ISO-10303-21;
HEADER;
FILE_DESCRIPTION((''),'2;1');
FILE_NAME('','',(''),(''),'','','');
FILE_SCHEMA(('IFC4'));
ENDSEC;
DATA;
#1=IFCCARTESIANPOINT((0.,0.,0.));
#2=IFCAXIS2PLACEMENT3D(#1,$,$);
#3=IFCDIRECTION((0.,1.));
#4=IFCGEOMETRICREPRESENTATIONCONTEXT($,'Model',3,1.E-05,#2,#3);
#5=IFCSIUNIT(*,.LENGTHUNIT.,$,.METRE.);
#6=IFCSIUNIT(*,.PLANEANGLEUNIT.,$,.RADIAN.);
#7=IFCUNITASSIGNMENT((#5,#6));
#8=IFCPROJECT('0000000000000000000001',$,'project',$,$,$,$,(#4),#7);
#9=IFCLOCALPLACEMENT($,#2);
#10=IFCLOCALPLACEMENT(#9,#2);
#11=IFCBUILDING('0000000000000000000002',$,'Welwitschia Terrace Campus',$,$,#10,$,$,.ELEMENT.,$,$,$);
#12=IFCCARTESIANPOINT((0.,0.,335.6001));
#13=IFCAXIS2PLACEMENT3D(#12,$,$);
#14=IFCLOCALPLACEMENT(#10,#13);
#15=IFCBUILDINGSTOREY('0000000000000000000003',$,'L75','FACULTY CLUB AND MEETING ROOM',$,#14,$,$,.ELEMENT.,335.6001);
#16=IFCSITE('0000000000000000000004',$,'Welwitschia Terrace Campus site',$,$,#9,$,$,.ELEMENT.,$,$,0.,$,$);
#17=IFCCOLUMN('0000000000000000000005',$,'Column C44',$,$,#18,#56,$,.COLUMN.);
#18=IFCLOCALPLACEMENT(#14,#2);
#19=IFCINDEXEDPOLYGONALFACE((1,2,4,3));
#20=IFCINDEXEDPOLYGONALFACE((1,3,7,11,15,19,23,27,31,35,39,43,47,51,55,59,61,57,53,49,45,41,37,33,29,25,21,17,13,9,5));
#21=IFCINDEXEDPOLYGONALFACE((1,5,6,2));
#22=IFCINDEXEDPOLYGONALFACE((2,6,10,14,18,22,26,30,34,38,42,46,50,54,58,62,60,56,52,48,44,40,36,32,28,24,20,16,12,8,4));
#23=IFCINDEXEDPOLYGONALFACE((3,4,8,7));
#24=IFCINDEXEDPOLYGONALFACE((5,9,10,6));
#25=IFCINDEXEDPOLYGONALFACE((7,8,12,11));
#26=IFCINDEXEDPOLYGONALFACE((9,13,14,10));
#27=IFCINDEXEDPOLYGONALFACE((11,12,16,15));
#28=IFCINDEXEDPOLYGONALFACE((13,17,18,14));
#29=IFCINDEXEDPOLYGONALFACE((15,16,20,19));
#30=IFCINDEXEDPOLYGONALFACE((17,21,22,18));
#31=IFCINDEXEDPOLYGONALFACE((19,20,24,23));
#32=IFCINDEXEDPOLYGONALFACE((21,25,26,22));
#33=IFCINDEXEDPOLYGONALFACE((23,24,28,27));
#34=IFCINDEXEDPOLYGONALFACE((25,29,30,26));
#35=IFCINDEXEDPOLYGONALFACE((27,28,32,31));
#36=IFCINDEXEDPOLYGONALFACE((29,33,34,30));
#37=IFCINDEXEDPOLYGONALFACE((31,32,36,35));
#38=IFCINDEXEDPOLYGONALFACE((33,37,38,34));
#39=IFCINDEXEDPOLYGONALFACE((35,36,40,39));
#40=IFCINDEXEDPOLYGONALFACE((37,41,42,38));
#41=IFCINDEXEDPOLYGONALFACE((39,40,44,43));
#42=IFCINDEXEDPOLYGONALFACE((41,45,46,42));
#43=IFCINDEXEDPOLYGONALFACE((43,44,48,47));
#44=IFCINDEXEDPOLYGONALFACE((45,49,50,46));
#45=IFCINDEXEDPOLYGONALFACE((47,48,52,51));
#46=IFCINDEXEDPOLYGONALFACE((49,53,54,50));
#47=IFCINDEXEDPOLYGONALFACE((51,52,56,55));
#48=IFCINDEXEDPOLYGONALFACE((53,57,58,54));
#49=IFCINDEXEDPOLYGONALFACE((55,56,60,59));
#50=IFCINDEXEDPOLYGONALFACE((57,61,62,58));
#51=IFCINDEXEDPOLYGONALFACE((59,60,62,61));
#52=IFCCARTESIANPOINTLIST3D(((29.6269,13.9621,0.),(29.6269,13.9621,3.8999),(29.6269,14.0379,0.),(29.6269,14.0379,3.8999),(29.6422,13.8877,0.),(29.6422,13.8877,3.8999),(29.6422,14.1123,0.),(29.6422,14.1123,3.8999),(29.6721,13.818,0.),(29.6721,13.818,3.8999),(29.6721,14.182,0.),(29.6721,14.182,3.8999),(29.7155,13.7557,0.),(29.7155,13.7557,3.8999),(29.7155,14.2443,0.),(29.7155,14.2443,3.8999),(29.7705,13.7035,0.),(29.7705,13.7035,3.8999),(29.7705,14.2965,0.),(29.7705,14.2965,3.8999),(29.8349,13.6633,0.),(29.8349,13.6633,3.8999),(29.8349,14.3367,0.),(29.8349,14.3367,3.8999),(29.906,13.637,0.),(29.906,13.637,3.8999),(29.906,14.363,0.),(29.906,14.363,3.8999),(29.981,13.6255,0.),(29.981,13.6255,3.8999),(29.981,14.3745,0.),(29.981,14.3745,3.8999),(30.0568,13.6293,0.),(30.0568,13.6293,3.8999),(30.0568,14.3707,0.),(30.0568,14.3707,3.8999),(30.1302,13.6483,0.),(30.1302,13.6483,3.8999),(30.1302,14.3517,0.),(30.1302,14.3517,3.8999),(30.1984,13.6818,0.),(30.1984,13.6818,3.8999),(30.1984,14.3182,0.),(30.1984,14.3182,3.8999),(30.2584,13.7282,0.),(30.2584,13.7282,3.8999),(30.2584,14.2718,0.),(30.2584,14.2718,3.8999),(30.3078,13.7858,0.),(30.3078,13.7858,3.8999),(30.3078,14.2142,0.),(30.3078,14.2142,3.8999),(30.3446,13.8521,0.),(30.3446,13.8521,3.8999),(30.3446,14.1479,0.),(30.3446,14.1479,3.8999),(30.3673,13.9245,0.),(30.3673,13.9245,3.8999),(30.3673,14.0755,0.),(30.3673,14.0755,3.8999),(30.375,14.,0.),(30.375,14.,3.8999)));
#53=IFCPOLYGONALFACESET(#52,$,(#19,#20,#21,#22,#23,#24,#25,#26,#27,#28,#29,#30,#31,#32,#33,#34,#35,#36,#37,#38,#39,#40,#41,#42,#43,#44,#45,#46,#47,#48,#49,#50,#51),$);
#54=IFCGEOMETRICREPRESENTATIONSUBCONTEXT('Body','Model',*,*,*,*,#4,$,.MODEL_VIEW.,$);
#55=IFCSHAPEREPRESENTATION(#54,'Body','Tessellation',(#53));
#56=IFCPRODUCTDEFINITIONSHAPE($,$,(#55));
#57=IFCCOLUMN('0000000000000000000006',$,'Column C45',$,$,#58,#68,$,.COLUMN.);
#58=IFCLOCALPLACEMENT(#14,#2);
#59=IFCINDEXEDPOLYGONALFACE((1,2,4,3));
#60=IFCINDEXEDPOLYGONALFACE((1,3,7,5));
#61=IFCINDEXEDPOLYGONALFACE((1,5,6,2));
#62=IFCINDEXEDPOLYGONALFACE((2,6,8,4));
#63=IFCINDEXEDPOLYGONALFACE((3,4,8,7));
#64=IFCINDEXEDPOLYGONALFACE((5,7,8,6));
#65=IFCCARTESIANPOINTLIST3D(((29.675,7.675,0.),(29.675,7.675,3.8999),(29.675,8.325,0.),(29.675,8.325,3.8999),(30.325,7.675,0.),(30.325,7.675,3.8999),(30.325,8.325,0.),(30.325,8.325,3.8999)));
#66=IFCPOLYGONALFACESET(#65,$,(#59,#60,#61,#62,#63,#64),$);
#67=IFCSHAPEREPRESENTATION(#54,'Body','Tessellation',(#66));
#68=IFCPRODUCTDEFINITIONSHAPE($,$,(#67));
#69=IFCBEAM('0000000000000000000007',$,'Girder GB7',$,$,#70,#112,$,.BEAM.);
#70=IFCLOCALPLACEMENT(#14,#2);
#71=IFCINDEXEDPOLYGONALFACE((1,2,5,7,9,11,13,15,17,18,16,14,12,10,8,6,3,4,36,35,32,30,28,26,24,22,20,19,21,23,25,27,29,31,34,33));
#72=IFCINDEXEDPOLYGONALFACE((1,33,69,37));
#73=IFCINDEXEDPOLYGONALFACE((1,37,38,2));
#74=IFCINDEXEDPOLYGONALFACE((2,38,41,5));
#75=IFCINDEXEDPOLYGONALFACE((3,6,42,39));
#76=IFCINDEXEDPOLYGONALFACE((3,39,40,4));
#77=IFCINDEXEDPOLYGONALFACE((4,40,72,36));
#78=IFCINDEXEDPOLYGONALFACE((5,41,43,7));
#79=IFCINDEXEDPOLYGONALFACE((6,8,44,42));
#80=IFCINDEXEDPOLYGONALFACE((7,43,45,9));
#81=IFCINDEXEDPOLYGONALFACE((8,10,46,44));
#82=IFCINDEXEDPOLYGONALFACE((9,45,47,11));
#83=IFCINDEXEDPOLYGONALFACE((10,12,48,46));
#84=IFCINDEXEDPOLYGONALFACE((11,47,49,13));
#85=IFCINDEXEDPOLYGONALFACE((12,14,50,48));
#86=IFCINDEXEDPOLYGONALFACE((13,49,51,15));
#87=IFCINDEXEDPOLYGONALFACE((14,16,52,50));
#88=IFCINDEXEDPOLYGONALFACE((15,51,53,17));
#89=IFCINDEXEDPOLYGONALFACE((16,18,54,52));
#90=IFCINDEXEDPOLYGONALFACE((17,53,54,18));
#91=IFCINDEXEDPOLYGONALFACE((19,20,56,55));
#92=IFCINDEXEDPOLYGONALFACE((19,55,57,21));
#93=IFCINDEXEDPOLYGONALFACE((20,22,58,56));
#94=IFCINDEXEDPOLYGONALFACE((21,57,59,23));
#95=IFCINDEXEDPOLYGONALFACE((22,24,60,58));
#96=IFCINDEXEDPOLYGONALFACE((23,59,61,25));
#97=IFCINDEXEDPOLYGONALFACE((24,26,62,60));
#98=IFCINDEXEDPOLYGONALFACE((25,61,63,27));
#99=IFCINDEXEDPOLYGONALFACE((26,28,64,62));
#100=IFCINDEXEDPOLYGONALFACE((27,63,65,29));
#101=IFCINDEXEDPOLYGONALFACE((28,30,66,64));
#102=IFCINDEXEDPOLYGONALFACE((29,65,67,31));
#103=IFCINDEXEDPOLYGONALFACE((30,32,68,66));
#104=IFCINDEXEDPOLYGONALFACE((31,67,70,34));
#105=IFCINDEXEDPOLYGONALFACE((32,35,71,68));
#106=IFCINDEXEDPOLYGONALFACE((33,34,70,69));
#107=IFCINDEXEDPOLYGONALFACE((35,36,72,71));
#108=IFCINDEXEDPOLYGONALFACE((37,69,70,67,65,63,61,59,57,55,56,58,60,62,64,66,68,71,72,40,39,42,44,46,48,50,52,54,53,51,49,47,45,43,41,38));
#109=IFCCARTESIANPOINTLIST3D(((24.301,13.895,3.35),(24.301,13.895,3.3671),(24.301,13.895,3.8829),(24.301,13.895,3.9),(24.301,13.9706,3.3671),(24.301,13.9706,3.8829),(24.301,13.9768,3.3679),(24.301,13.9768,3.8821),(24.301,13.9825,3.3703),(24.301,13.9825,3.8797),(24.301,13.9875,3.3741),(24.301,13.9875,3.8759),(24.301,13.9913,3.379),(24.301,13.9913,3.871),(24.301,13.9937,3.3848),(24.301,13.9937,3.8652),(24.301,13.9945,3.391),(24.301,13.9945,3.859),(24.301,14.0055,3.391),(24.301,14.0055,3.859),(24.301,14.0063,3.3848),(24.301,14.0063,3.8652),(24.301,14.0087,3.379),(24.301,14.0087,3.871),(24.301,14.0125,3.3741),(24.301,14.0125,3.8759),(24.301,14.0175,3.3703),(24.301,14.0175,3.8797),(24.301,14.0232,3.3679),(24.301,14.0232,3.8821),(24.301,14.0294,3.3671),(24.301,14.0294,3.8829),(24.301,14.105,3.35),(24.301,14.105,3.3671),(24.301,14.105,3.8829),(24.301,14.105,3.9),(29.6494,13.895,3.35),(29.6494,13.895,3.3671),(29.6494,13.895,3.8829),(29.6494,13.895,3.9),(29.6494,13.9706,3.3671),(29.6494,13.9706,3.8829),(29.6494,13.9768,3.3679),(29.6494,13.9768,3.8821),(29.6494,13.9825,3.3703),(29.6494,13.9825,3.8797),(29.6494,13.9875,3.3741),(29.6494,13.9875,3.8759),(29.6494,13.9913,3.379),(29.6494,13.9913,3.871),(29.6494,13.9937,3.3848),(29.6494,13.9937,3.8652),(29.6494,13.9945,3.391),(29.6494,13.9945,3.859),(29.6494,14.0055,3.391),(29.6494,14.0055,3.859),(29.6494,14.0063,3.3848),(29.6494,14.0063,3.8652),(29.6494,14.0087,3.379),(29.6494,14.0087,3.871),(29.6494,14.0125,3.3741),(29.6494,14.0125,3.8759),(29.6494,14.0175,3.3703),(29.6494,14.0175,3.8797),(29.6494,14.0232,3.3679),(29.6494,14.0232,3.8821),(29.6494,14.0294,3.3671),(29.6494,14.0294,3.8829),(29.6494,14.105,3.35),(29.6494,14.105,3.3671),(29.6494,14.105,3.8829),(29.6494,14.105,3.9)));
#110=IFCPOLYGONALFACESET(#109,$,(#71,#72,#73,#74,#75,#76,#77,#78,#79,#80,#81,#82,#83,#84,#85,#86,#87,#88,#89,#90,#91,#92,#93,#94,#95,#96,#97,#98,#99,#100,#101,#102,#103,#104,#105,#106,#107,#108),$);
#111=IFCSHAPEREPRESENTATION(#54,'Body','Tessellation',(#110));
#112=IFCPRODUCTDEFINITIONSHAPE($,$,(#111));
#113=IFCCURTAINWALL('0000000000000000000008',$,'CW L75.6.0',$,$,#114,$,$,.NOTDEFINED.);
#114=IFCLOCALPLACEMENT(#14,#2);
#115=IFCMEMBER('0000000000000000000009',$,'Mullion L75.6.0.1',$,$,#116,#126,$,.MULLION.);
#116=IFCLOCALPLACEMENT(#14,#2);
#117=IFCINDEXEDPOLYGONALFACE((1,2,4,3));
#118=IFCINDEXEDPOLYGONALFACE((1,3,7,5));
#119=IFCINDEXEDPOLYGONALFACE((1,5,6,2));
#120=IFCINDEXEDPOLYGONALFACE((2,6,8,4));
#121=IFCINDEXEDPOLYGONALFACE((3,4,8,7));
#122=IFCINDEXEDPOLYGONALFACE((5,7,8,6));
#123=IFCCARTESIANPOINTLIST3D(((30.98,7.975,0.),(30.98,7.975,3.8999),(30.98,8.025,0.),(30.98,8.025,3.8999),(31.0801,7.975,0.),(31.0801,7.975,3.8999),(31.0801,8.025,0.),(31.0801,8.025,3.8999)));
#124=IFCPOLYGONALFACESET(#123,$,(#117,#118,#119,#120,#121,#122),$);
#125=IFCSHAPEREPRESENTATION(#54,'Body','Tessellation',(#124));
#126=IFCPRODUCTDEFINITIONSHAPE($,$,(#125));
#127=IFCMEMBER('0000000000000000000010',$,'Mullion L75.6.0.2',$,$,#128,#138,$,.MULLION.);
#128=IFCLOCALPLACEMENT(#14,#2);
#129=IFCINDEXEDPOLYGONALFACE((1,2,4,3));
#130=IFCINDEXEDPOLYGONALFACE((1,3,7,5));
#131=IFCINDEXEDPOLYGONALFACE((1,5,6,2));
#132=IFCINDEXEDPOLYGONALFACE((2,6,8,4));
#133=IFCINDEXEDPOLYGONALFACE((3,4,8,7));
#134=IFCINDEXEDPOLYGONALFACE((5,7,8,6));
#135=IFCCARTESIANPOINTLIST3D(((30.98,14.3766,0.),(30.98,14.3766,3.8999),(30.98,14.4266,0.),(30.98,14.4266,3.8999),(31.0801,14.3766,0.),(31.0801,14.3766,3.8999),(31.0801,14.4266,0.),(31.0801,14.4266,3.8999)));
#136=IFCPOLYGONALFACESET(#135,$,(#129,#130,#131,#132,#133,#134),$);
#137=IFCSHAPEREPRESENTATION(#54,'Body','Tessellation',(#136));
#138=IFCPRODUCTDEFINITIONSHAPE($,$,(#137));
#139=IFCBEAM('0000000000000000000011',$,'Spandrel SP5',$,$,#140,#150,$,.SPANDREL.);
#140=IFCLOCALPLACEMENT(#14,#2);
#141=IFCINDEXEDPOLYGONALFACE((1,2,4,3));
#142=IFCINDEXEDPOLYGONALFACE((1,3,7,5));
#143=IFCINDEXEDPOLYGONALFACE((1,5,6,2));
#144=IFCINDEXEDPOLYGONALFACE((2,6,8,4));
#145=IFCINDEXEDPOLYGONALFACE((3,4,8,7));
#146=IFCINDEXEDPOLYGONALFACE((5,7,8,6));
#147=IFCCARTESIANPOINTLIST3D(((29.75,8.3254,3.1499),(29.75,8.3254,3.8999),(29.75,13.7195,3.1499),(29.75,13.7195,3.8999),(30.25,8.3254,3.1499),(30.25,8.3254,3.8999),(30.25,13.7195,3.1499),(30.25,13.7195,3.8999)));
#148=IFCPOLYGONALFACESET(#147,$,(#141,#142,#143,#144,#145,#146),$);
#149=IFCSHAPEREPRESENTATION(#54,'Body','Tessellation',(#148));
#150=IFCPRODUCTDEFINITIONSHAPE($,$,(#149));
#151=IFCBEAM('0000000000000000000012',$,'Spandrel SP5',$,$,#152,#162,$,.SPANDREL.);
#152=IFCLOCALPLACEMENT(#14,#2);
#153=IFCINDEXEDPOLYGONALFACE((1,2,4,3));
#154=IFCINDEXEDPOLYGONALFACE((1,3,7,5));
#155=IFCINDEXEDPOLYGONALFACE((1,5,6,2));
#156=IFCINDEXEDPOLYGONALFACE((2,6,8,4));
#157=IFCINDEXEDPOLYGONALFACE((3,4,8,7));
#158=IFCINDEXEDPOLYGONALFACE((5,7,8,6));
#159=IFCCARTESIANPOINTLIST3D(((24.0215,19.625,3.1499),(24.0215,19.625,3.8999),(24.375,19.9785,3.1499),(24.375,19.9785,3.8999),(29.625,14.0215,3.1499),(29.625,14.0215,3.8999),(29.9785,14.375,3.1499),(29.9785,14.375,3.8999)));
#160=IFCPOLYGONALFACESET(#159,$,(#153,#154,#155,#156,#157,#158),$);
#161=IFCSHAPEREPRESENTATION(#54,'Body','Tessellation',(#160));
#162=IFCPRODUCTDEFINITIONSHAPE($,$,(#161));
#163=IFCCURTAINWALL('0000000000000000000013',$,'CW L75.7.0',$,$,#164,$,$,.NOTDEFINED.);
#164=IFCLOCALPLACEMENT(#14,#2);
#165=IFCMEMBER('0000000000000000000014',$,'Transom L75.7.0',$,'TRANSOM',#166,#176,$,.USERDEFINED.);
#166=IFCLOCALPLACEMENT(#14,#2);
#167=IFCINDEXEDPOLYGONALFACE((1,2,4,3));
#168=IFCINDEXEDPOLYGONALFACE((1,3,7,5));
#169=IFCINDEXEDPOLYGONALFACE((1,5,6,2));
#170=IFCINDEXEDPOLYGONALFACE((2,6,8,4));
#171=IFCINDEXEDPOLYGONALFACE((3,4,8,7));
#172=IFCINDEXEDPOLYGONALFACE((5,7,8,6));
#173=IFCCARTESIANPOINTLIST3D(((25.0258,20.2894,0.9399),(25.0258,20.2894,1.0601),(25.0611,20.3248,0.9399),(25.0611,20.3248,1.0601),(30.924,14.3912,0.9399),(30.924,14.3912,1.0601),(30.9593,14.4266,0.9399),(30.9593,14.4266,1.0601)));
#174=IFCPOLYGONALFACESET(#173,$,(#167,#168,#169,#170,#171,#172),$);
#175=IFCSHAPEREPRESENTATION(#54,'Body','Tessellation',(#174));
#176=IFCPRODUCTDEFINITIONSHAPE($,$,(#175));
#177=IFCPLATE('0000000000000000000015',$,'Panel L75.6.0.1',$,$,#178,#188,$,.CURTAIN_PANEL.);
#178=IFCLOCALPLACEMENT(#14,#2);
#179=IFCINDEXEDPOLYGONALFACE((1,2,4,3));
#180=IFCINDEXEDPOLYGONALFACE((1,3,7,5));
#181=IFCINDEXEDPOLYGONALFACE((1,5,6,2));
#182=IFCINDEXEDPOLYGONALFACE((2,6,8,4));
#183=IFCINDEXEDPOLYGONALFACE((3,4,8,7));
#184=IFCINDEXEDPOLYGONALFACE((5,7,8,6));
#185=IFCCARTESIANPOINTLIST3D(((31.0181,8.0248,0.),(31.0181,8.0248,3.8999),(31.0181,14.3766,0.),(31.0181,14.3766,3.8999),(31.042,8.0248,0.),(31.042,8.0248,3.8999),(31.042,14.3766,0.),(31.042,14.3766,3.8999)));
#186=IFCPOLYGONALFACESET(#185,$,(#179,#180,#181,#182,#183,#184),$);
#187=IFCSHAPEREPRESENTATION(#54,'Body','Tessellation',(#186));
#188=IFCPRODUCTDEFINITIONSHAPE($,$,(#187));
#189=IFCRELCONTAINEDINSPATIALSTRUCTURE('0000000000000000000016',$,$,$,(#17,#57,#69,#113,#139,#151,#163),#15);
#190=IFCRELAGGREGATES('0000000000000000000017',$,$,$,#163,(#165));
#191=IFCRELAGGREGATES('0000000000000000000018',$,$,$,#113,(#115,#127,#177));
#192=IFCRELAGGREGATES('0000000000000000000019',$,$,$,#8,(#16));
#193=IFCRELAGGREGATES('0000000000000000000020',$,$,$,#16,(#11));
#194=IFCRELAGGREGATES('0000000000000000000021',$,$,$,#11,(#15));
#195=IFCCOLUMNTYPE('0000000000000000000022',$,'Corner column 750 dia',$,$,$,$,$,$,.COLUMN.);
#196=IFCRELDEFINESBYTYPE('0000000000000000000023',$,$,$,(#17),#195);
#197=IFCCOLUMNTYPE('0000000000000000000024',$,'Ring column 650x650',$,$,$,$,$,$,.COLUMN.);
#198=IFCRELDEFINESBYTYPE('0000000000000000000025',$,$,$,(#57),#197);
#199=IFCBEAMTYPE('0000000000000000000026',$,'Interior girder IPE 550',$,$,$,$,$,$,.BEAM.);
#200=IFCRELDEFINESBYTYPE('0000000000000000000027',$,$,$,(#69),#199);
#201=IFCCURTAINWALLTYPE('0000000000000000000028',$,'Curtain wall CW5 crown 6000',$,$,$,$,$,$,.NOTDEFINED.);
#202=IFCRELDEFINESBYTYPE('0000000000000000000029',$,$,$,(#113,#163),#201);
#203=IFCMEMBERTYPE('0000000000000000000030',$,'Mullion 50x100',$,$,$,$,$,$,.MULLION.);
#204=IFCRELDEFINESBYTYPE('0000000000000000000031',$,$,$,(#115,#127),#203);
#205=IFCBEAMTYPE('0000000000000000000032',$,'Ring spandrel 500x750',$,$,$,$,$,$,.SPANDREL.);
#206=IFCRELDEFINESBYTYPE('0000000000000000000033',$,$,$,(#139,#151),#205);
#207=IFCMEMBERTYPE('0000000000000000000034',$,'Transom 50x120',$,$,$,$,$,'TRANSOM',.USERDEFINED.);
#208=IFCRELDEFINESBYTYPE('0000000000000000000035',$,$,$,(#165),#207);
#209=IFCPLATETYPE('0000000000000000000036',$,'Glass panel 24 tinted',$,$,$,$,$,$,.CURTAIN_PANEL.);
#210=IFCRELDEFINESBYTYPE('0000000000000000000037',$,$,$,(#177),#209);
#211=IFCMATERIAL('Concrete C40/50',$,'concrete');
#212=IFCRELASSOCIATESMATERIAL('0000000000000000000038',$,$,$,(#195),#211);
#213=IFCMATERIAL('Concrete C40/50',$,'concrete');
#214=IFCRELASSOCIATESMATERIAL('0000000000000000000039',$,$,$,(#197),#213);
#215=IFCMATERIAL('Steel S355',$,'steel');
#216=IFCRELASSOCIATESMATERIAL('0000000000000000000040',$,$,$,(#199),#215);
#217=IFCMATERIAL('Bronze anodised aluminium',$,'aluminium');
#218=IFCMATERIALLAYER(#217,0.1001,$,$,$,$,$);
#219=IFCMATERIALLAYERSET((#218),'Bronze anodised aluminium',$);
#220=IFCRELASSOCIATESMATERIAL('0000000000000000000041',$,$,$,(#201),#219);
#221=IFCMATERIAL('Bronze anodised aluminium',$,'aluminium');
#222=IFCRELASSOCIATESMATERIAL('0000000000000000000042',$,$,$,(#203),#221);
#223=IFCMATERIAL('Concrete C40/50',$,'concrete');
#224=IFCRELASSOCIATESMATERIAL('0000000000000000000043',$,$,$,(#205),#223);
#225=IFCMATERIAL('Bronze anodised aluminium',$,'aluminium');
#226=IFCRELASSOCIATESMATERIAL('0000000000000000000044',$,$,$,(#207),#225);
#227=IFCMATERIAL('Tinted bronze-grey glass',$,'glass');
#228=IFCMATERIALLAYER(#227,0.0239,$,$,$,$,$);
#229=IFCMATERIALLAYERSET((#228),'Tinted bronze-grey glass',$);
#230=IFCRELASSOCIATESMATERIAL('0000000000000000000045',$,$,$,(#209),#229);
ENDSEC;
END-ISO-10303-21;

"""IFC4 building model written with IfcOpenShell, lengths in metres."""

from ifc_helpers import new_model, si_unit, direction, frame, origin, origin_2d, place, context, subcontext, project, spatial, rectangle, circle, i_section, extrude, material, layer, layer_set, material_profile, profile_set, type_object, element, aggregate, save


model = new_model("IFC4")

# Units and contexts
model_context = context("Model", 3, precision=1e-05, world=origin(), true_north=direction((0.0, 1.0)))
body_context = subcontext(model_context, "Body", "Model", "MODEL_VIEW")
ifc_project = project(units=[si_unit("LENGTHUNIT", "METRE"), si_unit("PLANEANGLEUNIT", "RADIAN")], contexts=[model_context])

# Site, building, storey
site_placement = place(None, origin())
site = spatial("IfcSite", under=ifc_project, at=site_placement, Name="Welwitschia Terrace Campus site", CompositionType="ELEMENT", RefElevation=0.0)
building_placement = place(site_placement, origin())
building = spatial("IfcBuilding", under=site, at=building_placement, Name="Welwitschia Terrace Campus", CompositionType="ELEMENT")
storey_placement = place(building_placement, frame((0.0, 0.0, 335.6001)))
storey = spatial("IfcBuildingStorey", under=building, at=storey_placement, Name="L75", Description="FACULTY CLUB AND MEETING ROOM", CompositionType="ELEMENT", Elevation=335.6001)

# Columns
ifc_material_1 = material(Name="Concrete C40/50", Category="concrete")
ifc_material_profile_1 = material_profile(ifc_material_1, circle(Radius=0.375, at=origin_2d()))
ifc_profile_set_1 = profile_set([ifc_material_profile_1], Name="Concrete C40/50")
column_type_1 = type_object("IfcColumnType", Name="Corner column 750 dia", PredefinedType="COLUMN", material=ifc_profile_set_1)
column_1_placement = place(storey_placement, frame((30.0, 14.0, 0.0), z_axis=(0.0, 0.0, 1.0), x_axis=(1.0, 0.0, 0.0)))
element("IfcColumn", 1, at=column_1_placement, inside=storey, type_object=column_type_1, Name="Column C44", PredefinedType="COLUMN", context=body_context, shape_type="SweptSolid", body=[
    extrude(circle(Radius=0.375, at=origin_2d()), origin(), (0.0, 0.0, 1.0), 3.8999),
])
ifc_material_2 = material(Name="Concrete C40/50", Category="concrete")
ifc_material_profile_2 = material_profile(ifc_material_2, rectangle(XDim=0.6499, YDim=0.6499, at=origin_2d()))
ifc_profile_set_2 = profile_set([ifc_material_profile_2], Name="Concrete C40/50")
column_type_2 = type_object("IfcColumnType", Name="Ring column 650x650", PredefinedType="COLUMN", material=ifc_profile_set_2)
column_2_placement = place(storey_placement, frame((30.0, 8.0, 0.0), z_axis=(0.0, 0.0, 1.0), x_axis=(1.0, 0.0, 0.0)))
element("IfcColumn", 2, at=column_2_placement, inside=storey, type_object=column_type_2, Name="Column C45", PredefinedType="COLUMN", context=body_context, shape_type="SweptSolid", body=[
    extrude(rectangle(XDim=0.6499, YDim=0.6499, at=origin_2d()), origin(), (0.0, 0.0, 1.0), 3.8999),
])

# Beam
ifc_material_3 = material(Name="Steel S355", Category="steel")
ifc_material_profile_3 = material_profile(ifc_material_3, i_section(OverallWidth=0.21, OverallDepth=0.55, WebThickness=0.011, FlangeThickness=0.0171, FilletRadius=0.0239, at=origin_2d()))
ifc_profile_set_3 = profile_set([ifc_material_profile_3], Name="Steel S355")
beam_type_1 = type_object("IfcBeamType", Name="Interior girder IPE 550", PredefinedType="BEAM", material=ifc_profile_set_3)
beam_1_placement = place(storey_placement, frame((24.301, 14.0, 3.625), z_axis=(1.0, 0.0, 0.0), x_axis=(0.0, 1.0, 0.0)))
element("IfcBeam", 3, at=beam_1_placement, inside=storey, type_object=beam_type_1, Name="Girder GB7", PredefinedType="BEAM", context=body_context, shape_type="SweptSolid", body=[
    extrude(i_section(OverallWidth=0.21, OverallDepth=0.55, WebThickness=0.011, FlangeThickness=0.0171, FilletRadius=0.0239, at=origin_2d()), origin(), (0.0, 0.0, 1.0), 5.3484),
])

# Curtain wall, members
ifc_material_4 = material(Name="Bronze anodised aluminium", Category="aluminium")
ifc_layer_1 = layer(ifc_material_4, 0.1001)
ifc_layer_set_1 = layer_set([ifc_layer_1], Name="Bronze anodised aluminium")
curtain_wall_type = type_object("IfcCurtainWallType", Name="Curtain wall CW5 crown 6000", PredefinedType="NOTDEFINED", material=ifc_layer_set_1)
curtain_wall_1_placement = place(storey_placement, origin())
curtain_wall_1 = element("IfcCurtainWall", 4, at=curtain_wall_1_placement, inside=storey, type_object=curtain_wall_type, Name="CW L75.6.0", PredefinedType="NOTDEFINED")
ifc_material_5 = material(Name="Bronze anodised aluminium", Category="aluminium")
ifc_material_profile_4 = material_profile(ifc_material_5, rectangle(XDim=0.1001, YDim=0.05, at=origin_2d()))
ifc_profile_set_4 = profile_set([ifc_material_profile_4], Name="Bronze anodised aluminium")
member_type_1 = type_object("IfcMemberType", Name="Mullion 50x100", PredefinedType="MULLION", material=ifc_profile_set_4)
member_1_placement = place(storey_placement, frame((31.03, 8.0, 0.0), z_axis=(0.0, 0.0, 1.0), x_axis=(-1.0, 0.0, 0.0)))
member_1 = element("IfcMember", 5, at=member_1_placement, type_object=member_type_1, Name="Mullion L75.6.0.1", PredefinedType="MULLION", context=body_context, shape_type="SweptSolid", body=[
    extrude(rectangle(XDim=0.1001, YDim=0.05, at=origin_2d()), origin(), (0.0, 0.0, 1.0), 3.8999),
])
member_2_placement = place(storey_placement, frame((31.03, 14.4016, 0.0), z_axis=(0.0, 0.0, 1.0), x_axis=(-1.0, 0.0, 0.0)))
member_2 = element("IfcMember", 6, at=member_2_placement, type_object=member_type_1, Name="Mullion L75.6.0.2", PredefinedType="MULLION", context=body_context, shape_type="SweptSolid", body=[
    extrude(rectangle(XDim=0.1001, YDim=0.05, at=origin_2d()), origin(), (0.0, 0.0, 1.0), 3.8999),
])

# Beams
ifc_material_6 = material(Name="Concrete C40/50", Category="concrete")
ifc_material_profile_5 = material_profile(ifc_material_6, rectangle(XDim=0.5, YDim=0.75, at=origin_2d()))
ifc_profile_set_5 = profile_set([ifc_material_profile_5], Name="Concrete C40/50")
beam_type_2 = type_object("IfcBeamType", Name="Ring spandrel 500x750", PredefinedType="SPANDREL", material=ifc_profile_set_5)
beam_2_placement = place(storey_placement, frame((30.0, 8.3254, 3.5249), z_axis=(0.0, 1.0, 0.0), x_axis=(-1.0, 0.0, 0.0)))
element("IfcBeam", 7, at=beam_2_placement, inside=storey, type_object=beam_type_2, Name="Spandrel SP5", PredefinedType="SPANDREL", context=body_context, shape_type="SweptSolid", body=[
    extrude(rectangle(XDim=0.5, YDim=0.75, at=origin_2d()), origin(), (0.0, 0.0, 1.0), 5.394),
])
beam_3_placement = place(storey_placement, frame((29.8018, 14.1982, 3.5249), z_axis=(-0.707107, 0.707107, 0.0), x_axis=(-0.707107, -0.707107, 0.0)))
element("IfcBeam", 8, at=beam_3_placement, inside=storey, type_object=beam_type_2, Name="Spandrel SP5", PredefinedType="SPANDREL", context=body_context, shape_type="SweptSolid", body=[
    extrude(rectangle(XDim=0.5, YDim=0.75, at=origin_2d()), origin(), (0.0, 0.0, 1.0), 7.9246),
])

# Curtain wall, member
curtain_wall_2_placement = place(storey_placement, origin())
curtain_wall_2 = element("IfcCurtainWall", 9, at=curtain_wall_2_placement, inside=storey, type_object=curtain_wall_type, Name="CW L75.7.0", PredefinedType="NOTDEFINED")
ifc_material_7 = material(Name="Bronze anodised aluminium", Category="aluminium")
ifc_material_profile_6 = material_profile(ifc_material_7, rectangle(XDim=0.05, YDim=0.1201, at=origin_2d()))
ifc_profile_set_6 = profile_set([ifc_material_profile_6], Name="Bronze anodised aluminium")
member_type_2 = type_object("IfcMemberType", Name="Transom 50x120", ElementType="TRANSOM", PredefinedType="USERDEFINED", material=ifc_profile_set_6)
member_3_placement = place(storey_placement, frame((30.9417, 14.4089, 1.0), z_axis=(-0.707107, 0.707107, 0.0), x_axis=(-0.707107, -0.707107, 0.0)))
member_3 = element("IfcMember", 10, at=member_3_placement, type_object=member_type_2, Name="Transom L75.7.0", ObjectType="TRANSOM", PredefinedType="USERDEFINED", context=body_context, shape_type="SweptSolid", body=[
    extrude(rectangle(XDim=0.05, YDim=0.1201, at=origin_2d()), origin(), (0.0, 0.0, 1.0), 8.3413),
])
aggregate(curtain_wall_2, [member_3])

# Plate
ifc_material_8 = material(Name="Tinted bronze-grey glass", Category="glass")
ifc_layer_2 = layer(ifc_material_8, 0.0239)
ifc_layer_set_2 = layer_set([ifc_layer_2], Name="Tinted bronze-grey glass")
plate_type = type_object("IfcPlateType", Name="Glass panel 24 tinted", PredefinedType="CURTAIN_PANEL", material=ifc_layer_set_2)
plate_placement = place(storey_placement, frame((31.03, 11.2007, 0.0), z_axis=(0.0, 0.0, 1.0), x_axis=(0.0, 1.0, 0.0)))
plate = element("IfcPlate", 11, at=plate_placement, type_object=plate_type, Name="Panel L75.6.0.1", PredefinedType="CURTAIN_PANEL", context=body_context, shape_type="SweptSolid", body=[
    extrude(rectangle(XDim=6.3518, YDim=0.0239, at=origin_2d()), origin(), (0.0, 0.0, 1.0), 3.8999),
])
aggregate(curtain_wall_1, [member_1, member_2, plate])

save(model, "model.ifc")
